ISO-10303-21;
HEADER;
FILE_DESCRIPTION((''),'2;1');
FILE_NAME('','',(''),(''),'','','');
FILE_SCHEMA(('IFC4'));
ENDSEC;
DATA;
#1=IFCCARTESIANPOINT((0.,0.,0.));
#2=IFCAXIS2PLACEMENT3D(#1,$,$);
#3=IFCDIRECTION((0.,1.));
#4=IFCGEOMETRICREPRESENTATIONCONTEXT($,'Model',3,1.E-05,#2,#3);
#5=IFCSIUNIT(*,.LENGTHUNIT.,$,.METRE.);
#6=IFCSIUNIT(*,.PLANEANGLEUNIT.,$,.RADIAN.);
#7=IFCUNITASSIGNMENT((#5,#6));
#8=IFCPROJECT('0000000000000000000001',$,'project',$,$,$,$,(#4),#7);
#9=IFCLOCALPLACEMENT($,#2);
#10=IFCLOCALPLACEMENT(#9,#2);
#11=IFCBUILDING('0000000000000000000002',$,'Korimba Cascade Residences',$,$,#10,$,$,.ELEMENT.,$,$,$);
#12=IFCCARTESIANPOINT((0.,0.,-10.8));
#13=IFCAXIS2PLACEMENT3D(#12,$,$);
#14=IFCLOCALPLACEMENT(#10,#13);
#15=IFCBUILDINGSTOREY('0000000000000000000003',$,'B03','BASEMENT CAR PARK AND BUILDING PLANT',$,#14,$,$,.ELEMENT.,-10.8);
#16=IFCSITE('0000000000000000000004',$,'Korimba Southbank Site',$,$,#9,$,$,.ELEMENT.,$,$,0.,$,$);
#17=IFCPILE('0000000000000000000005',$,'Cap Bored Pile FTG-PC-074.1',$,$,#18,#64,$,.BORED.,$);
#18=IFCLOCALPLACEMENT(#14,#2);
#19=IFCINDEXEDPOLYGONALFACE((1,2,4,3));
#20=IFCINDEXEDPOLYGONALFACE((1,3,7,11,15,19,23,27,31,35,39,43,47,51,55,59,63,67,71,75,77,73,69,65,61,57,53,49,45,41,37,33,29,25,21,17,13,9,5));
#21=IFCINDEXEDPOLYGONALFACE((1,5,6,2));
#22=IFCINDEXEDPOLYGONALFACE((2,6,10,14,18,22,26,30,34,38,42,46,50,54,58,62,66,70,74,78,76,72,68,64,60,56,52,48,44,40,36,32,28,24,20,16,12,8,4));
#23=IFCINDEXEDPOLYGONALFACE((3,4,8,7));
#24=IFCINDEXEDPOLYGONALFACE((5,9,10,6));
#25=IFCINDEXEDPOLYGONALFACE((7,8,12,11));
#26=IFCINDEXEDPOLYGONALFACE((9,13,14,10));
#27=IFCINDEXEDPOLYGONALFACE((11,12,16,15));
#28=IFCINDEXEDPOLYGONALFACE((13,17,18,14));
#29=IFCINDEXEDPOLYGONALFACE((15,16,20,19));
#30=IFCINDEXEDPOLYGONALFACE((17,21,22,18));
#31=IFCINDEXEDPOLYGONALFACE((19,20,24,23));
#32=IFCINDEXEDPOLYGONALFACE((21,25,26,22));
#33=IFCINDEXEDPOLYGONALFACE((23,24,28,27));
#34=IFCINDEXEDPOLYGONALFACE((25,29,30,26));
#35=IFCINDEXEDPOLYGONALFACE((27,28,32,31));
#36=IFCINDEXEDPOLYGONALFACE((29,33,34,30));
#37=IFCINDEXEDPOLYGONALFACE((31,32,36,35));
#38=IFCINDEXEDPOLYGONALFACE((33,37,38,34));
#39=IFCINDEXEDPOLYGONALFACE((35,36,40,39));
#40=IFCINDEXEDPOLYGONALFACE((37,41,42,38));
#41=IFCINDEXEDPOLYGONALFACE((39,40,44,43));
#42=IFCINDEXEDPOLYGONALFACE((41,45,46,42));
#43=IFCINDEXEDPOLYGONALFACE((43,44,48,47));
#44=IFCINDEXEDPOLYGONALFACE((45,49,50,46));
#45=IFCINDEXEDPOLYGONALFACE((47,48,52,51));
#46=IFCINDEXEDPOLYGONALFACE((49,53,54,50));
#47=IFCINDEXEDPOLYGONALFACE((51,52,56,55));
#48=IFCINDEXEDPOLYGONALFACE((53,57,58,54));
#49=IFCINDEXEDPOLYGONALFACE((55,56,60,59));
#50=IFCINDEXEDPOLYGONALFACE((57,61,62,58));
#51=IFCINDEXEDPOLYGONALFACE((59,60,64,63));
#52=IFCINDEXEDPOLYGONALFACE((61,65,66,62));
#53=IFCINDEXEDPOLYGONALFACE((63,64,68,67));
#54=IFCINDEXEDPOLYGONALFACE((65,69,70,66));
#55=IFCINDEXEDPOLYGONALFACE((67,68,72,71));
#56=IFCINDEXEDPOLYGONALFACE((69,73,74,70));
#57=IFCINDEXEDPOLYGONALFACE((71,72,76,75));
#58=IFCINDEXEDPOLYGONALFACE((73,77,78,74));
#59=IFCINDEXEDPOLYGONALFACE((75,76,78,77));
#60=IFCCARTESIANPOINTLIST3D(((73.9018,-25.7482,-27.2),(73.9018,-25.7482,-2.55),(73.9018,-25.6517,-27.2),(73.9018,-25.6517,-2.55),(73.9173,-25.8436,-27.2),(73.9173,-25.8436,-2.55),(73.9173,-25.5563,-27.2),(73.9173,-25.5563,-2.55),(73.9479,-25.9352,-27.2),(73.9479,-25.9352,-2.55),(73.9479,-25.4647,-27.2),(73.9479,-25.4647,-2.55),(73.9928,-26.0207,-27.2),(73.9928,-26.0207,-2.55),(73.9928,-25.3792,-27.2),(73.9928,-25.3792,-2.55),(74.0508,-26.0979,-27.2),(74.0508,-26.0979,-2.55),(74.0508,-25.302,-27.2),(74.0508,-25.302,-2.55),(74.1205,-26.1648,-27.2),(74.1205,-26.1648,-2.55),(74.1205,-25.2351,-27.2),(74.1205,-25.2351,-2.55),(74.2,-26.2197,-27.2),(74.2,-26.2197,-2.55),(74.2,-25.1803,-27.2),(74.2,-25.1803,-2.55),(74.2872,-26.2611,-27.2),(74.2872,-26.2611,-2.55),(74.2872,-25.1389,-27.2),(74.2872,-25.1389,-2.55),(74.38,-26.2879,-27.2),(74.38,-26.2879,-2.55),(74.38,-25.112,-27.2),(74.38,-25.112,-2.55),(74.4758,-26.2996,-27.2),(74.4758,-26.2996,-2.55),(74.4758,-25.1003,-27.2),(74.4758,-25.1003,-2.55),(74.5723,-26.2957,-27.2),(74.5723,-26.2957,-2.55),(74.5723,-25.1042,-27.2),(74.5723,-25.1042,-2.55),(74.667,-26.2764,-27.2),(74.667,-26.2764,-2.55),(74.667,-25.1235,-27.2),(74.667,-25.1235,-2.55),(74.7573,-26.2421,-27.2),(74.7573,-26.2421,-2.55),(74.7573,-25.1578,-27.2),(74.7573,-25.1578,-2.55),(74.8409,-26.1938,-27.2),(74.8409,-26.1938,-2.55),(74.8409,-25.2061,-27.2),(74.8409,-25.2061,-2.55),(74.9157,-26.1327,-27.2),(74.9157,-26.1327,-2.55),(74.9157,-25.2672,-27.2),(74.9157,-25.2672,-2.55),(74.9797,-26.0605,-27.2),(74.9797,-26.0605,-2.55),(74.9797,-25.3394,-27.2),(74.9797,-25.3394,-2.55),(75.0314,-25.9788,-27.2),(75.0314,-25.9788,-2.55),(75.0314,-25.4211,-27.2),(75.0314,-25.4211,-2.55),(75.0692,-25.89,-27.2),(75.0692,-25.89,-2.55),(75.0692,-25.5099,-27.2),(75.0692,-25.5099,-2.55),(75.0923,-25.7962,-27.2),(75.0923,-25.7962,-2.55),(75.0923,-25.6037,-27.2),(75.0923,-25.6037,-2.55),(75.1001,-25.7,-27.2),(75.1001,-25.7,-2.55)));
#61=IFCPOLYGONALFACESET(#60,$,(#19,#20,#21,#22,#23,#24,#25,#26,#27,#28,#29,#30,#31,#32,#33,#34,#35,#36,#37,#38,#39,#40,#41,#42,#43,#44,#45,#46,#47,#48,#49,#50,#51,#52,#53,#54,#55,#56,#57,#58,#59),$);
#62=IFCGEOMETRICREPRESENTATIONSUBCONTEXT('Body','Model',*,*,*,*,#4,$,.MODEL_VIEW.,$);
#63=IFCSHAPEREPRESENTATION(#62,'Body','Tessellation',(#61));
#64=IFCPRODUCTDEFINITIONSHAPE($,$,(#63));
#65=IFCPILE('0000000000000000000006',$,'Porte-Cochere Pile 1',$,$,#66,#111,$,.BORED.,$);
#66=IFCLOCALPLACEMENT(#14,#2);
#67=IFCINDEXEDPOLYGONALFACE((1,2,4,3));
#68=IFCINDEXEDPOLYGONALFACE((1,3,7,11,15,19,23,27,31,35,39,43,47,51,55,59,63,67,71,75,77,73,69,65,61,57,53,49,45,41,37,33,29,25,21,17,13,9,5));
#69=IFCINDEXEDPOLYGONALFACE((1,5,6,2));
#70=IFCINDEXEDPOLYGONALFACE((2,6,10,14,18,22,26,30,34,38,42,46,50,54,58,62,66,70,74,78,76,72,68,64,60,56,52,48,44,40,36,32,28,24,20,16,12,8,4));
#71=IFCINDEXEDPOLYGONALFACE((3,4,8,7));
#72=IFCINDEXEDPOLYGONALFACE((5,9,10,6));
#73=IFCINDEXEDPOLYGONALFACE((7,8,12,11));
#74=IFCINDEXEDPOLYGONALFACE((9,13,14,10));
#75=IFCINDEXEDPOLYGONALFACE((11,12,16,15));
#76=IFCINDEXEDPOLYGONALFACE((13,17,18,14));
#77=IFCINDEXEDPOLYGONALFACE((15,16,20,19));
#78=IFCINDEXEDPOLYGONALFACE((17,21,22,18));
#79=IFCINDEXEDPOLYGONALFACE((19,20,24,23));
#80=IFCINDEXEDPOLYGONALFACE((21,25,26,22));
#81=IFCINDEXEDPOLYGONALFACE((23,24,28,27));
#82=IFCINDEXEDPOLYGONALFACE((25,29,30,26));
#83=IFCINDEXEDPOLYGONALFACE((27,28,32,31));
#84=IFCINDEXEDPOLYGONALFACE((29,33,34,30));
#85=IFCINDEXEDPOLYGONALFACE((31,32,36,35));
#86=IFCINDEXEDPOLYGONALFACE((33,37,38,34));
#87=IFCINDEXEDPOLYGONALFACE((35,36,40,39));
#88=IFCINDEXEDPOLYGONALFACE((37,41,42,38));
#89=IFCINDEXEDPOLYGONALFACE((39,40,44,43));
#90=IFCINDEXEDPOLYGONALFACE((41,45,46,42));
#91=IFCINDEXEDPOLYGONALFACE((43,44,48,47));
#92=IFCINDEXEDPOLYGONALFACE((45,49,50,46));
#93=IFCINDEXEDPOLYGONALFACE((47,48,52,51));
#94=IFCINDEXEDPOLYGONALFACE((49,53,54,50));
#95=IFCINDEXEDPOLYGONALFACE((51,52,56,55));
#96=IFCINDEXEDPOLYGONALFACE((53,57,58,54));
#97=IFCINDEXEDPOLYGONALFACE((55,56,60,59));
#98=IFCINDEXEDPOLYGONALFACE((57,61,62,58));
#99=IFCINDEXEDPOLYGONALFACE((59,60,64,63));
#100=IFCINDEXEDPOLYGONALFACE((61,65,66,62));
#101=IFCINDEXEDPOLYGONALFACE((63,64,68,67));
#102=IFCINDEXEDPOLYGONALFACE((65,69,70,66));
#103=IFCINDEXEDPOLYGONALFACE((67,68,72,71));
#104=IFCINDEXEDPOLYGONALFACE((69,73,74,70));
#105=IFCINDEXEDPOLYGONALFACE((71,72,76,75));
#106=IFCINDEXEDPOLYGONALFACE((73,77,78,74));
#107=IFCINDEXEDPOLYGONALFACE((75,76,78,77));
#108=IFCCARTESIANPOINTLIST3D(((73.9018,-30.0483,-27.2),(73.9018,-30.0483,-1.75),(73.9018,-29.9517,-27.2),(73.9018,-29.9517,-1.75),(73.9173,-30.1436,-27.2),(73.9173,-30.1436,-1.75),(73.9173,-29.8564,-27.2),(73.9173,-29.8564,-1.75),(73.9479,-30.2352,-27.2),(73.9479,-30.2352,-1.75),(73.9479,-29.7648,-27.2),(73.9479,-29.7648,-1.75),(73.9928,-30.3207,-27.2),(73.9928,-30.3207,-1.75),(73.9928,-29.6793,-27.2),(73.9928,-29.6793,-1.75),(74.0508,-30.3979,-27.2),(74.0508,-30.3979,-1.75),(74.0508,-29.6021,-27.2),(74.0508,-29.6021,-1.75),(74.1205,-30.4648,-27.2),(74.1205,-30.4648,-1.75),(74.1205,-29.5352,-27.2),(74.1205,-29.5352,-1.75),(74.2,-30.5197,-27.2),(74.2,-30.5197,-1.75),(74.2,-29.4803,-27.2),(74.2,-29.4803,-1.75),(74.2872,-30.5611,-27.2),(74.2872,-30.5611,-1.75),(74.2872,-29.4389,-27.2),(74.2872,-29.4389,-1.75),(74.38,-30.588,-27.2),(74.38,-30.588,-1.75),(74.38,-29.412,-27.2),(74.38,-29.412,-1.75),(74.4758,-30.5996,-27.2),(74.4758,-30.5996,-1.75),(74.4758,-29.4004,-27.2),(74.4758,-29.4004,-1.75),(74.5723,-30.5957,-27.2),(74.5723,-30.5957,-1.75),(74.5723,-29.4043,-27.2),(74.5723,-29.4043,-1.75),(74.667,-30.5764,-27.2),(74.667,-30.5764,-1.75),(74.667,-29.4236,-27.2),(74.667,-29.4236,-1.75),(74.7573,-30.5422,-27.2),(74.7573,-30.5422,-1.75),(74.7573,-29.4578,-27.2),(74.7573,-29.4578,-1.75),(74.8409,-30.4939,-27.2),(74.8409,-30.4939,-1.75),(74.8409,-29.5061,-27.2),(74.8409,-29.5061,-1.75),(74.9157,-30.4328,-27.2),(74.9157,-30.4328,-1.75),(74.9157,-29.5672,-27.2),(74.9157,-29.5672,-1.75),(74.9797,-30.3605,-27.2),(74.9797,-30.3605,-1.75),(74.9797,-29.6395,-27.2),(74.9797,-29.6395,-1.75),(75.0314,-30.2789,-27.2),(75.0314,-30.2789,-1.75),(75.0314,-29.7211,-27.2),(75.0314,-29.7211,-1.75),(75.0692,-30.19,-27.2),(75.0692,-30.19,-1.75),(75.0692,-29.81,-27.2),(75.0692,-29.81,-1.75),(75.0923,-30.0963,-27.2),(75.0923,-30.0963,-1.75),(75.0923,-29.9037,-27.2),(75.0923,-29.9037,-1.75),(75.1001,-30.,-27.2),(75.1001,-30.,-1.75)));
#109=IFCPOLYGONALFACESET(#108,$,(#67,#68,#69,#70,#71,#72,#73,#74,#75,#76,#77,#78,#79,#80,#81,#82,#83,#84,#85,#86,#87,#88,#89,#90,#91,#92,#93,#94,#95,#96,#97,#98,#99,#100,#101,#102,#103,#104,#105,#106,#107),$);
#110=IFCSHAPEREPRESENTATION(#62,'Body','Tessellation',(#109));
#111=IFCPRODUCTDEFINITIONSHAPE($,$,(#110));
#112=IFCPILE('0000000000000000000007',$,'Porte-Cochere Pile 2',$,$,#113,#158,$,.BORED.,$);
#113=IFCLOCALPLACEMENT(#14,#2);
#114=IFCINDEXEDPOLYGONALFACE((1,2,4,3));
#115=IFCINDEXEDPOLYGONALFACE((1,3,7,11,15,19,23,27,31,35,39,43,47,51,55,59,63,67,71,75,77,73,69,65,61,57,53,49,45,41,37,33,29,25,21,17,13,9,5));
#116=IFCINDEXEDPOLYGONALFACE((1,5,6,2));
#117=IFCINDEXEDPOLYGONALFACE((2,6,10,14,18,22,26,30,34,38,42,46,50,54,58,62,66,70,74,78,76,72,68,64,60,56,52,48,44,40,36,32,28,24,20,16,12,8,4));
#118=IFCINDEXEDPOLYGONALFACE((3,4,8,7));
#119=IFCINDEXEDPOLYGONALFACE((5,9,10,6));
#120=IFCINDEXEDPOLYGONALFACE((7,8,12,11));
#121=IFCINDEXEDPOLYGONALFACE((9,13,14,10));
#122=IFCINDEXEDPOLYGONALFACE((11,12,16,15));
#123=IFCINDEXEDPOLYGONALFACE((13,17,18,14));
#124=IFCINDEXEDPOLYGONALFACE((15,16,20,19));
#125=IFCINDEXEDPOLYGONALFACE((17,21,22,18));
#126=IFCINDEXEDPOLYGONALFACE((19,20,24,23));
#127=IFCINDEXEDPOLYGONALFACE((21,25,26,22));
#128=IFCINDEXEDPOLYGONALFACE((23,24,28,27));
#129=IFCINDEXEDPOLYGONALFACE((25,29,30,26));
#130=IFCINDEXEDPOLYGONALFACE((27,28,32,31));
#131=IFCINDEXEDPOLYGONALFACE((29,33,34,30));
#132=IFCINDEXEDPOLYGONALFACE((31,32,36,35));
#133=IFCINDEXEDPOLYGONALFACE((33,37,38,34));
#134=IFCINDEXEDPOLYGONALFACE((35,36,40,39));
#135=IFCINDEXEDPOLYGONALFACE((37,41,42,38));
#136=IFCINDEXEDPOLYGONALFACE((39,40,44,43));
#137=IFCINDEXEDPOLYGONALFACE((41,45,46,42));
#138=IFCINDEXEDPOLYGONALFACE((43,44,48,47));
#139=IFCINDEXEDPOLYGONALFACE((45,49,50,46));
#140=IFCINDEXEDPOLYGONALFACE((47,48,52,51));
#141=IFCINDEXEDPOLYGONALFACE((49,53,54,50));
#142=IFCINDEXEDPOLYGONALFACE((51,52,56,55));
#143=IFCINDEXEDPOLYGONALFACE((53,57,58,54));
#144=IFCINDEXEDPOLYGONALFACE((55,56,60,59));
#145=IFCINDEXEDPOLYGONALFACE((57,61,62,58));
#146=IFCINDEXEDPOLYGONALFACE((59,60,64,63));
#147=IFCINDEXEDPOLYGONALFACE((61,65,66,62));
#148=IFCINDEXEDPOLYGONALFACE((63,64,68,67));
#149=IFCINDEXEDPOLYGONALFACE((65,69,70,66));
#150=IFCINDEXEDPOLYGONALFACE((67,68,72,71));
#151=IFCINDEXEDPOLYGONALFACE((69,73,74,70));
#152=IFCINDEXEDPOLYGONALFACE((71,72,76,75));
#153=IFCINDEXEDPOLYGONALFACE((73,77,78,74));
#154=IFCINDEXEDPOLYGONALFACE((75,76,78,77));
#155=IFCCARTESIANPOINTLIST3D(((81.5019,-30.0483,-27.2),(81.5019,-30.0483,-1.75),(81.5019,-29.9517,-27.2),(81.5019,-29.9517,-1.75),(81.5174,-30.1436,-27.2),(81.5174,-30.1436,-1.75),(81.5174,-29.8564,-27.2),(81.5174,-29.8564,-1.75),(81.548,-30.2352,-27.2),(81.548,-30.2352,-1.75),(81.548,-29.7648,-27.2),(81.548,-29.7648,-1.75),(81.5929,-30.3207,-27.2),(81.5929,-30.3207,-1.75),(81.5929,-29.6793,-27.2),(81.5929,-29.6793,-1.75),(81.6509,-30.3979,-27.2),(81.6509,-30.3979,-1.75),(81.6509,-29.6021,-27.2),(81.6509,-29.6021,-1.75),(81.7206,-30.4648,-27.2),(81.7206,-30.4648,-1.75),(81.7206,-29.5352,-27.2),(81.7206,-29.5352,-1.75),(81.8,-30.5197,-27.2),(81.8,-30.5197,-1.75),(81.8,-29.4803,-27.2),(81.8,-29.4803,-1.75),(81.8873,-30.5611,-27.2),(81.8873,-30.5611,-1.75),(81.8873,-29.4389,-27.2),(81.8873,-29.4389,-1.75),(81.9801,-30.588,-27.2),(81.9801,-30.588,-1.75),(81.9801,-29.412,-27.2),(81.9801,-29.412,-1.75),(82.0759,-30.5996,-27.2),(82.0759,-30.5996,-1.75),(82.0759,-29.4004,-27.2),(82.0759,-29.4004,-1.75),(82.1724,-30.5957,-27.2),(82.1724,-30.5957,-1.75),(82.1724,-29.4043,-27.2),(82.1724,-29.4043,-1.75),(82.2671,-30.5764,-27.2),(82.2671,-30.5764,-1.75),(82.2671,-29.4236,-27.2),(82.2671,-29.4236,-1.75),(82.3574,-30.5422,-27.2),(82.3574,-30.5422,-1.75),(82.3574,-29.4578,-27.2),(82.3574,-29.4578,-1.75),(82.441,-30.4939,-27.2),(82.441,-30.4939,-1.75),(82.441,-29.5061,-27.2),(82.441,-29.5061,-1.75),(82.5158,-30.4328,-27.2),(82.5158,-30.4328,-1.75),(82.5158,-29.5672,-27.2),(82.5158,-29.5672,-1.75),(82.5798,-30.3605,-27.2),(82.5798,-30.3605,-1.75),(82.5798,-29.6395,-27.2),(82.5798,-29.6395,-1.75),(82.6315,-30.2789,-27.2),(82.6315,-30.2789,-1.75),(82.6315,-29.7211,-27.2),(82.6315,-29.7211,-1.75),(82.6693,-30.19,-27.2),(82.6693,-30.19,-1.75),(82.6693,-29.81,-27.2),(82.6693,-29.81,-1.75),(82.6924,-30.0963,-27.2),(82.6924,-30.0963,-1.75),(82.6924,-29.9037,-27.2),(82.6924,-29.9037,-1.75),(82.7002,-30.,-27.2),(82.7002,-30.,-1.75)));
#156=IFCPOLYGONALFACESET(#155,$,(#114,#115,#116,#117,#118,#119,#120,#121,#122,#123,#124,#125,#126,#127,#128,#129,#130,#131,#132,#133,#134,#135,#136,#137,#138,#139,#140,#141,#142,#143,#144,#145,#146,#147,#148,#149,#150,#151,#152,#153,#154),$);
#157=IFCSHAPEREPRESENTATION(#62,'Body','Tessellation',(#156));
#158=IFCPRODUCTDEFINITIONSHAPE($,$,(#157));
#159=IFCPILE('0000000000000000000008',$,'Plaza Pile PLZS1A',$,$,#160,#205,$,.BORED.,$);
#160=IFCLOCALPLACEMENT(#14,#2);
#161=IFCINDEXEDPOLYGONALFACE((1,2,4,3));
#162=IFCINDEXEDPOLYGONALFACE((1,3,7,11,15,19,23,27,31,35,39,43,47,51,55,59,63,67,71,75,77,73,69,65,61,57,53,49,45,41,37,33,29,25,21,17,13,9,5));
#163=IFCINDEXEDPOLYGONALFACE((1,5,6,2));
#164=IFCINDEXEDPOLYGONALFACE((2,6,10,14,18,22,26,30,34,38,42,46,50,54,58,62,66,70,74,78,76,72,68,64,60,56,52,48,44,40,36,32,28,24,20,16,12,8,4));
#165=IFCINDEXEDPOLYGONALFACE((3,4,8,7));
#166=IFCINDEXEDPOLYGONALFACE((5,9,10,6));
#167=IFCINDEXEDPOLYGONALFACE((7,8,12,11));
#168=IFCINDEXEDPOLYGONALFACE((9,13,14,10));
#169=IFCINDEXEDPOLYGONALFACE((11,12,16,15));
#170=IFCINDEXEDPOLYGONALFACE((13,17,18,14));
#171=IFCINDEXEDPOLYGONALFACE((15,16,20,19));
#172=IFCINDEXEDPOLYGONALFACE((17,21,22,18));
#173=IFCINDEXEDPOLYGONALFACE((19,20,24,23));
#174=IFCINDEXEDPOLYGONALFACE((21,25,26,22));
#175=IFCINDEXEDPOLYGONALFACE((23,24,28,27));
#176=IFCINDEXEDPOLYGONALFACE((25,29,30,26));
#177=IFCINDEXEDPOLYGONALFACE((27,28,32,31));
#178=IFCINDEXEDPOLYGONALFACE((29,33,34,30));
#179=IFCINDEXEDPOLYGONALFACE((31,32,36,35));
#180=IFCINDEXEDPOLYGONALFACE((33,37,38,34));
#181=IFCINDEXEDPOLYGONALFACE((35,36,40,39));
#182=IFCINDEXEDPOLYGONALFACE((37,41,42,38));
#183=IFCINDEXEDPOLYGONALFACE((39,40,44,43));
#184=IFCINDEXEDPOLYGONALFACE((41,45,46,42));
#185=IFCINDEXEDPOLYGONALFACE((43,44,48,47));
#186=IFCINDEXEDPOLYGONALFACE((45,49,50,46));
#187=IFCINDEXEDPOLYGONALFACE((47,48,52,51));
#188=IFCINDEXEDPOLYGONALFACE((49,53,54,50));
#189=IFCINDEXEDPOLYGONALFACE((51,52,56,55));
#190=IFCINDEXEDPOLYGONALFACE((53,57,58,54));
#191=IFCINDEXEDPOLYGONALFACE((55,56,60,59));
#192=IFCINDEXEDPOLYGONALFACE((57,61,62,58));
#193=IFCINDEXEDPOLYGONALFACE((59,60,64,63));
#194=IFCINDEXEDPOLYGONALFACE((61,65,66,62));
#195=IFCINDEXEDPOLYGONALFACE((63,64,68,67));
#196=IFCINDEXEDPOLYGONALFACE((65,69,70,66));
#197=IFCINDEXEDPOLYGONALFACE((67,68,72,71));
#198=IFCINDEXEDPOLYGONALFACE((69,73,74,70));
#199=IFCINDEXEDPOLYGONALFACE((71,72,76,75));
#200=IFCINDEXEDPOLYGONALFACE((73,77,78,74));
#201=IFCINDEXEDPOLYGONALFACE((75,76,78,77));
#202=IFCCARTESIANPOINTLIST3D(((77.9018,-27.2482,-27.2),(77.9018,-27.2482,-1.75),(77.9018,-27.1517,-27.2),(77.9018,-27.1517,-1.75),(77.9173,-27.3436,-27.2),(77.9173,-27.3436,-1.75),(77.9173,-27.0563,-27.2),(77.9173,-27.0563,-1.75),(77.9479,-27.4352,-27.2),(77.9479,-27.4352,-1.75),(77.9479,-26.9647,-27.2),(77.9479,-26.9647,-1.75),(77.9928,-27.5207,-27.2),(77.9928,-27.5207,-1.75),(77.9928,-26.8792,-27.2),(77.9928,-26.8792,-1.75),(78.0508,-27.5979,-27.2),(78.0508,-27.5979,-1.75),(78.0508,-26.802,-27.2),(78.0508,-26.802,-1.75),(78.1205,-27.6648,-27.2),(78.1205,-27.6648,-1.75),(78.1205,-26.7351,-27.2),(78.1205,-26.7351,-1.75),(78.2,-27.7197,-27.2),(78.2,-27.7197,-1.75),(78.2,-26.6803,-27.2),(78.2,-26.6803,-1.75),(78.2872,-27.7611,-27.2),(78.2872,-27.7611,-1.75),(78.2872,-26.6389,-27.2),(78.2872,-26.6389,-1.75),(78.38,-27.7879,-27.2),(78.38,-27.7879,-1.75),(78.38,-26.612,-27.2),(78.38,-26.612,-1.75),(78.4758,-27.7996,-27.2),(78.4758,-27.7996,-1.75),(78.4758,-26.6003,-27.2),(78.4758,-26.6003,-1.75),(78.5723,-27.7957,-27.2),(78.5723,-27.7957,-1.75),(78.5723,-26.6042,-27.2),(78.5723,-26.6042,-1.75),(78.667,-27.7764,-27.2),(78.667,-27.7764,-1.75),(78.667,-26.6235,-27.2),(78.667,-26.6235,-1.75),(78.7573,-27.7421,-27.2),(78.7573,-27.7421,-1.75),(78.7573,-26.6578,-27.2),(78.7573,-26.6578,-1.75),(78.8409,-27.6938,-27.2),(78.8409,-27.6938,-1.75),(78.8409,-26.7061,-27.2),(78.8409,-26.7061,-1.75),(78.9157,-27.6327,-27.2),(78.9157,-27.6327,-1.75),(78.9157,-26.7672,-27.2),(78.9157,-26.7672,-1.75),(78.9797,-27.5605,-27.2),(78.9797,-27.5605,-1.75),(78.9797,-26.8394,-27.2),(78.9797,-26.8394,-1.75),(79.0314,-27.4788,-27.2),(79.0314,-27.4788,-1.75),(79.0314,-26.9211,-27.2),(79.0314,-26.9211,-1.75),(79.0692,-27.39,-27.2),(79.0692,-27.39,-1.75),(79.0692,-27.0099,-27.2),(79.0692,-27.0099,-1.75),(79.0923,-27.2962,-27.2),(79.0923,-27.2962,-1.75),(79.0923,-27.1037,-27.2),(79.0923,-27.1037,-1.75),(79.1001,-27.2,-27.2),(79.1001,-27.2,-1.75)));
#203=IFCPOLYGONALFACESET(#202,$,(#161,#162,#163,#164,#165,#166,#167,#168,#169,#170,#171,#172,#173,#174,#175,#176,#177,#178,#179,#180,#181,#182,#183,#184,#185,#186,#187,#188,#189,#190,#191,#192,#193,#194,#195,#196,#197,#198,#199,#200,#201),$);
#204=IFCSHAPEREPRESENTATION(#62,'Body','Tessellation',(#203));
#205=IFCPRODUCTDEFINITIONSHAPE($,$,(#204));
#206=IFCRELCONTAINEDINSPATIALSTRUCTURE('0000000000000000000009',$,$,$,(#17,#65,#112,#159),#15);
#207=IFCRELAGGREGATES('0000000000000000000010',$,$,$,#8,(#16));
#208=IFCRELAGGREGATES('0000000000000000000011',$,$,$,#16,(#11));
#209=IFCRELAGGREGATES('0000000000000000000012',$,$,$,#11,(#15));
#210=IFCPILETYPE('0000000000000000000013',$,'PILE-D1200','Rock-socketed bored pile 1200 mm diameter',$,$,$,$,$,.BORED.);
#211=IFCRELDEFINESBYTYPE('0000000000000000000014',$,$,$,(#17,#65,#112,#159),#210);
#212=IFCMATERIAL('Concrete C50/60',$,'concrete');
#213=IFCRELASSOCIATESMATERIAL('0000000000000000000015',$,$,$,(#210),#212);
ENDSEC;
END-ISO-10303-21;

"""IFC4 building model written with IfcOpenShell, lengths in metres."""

from ifc_helpers import new_model, si_unit, direction, frame, origin, origin_2d, place, context, subcontext, project, spatial, circle, extrude, material, material_profile, profile_set, type_object, element, save


model = new_model("IFC4")

# Units and contexts
model_context = context("Model", 3, precision=1e-05, world=origin(), true_north=direction((0.0, 1.0)))
body_context = subcontext(model_context, "Body", "Model", "MODEL_VIEW")
ifc_project = project(units=[si_unit("LENGTHUNIT", "METRE"), si_unit("PLANEANGLEUNIT", "RADIAN")], contexts=[model_context])

# Site, building, storey
site_placement = place(None, origin())
site = spatial("IfcSite", under=ifc_project, at=site_placement, Name="Korimba Southbank Site", CompositionType="ELEMENT", RefElevation=0.0)
building_placement = place(site_placement, origin())
building = spatial("IfcBuilding", under=site, at=building_placement, Name="Korimba Cascade Residences", CompositionType="ELEMENT")
storey_placement = place(building_placement, frame((0.0, 0.0, -10.8)))
storey = spatial("IfcBuildingStorey", under=building, at=storey_placement, Name="B03", Description="BASEMENT CAR PARK AND BUILDING PLANT", CompositionType="ELEMENT", Elevation=-10.8)

# Piles
ifc_material_1 = material(Name="Concrete C50/60", Category="concrete")
ifc_material_profile_1 = material_profile(ifc_material_1, circle(Radius=0.6001, at=origin_2d()), Name="Concrete C50/60")
ifc_profile_set_1 = profile_set([ifc_material_profile_1], Name="Concrete C50/60")
pile_type = type_object("IfcPileType", Name="PILE-D1200", Description="Rock-socketed bored pile 1200 mm diameter", PredefinedType="BORED", material=ifc_profile_set_1)
for number, where, z_axis, x_axis, name in (
    (1, (74.5, -25.7, -2.55), (0.0, 0.0, -1.0), (1.0, 0.0, 0.0), "Cap Bored Pile FTG-PC-074.1"),
):
    element("IfcPile", number, at=place(storey_placement, frame(where, z_axis=z_axis, x_axis=x_axis)), inside=storey, type_object=pile_type, Name=name, PredefinedType="BORED", context=body_context, shape_type="SweptSolid", body=[
        extrude(circle(Radius=0.6001, at=origin_2d()), origin(), (0.0, 0.0, 1.0), 24.6499),
    ])
for number, where, z_axis, x_axis, name in (
    (2, (74.5, -30.0, -1.75), (0.0, 0.0, -1.0), (1.0, 0.0, 0.0), "Porte-Cochere Pile 1"),
    (3, (82.1001, -30.0, -1.75), (0.0, 0.0, -1.0), (1.0, 0.0, 0.0), "Porte-Cochere Pile 2"),
    (4, (78.5, -27.2, -1.75), (0.0, 0.0, -1.0), (1.0, 0.0, 0.0), "Plaza Pile PLZS1A"),
):
    element("IfcPile", number, at=place(storey_placement, frame(where, z_axis=z_axis, x_axis=x_axis)), inside=storey, type_object=pile_type, Name=name, PredefinedType="BORED", context=body_context, shape_type="SweptSolid", body=[
        extrude(circle(Radius=0.6001, at=origin_2d()), origin(), (0.0, 0.0, 1.0), 25.45),
    ])

save(model, "model.ifc")
